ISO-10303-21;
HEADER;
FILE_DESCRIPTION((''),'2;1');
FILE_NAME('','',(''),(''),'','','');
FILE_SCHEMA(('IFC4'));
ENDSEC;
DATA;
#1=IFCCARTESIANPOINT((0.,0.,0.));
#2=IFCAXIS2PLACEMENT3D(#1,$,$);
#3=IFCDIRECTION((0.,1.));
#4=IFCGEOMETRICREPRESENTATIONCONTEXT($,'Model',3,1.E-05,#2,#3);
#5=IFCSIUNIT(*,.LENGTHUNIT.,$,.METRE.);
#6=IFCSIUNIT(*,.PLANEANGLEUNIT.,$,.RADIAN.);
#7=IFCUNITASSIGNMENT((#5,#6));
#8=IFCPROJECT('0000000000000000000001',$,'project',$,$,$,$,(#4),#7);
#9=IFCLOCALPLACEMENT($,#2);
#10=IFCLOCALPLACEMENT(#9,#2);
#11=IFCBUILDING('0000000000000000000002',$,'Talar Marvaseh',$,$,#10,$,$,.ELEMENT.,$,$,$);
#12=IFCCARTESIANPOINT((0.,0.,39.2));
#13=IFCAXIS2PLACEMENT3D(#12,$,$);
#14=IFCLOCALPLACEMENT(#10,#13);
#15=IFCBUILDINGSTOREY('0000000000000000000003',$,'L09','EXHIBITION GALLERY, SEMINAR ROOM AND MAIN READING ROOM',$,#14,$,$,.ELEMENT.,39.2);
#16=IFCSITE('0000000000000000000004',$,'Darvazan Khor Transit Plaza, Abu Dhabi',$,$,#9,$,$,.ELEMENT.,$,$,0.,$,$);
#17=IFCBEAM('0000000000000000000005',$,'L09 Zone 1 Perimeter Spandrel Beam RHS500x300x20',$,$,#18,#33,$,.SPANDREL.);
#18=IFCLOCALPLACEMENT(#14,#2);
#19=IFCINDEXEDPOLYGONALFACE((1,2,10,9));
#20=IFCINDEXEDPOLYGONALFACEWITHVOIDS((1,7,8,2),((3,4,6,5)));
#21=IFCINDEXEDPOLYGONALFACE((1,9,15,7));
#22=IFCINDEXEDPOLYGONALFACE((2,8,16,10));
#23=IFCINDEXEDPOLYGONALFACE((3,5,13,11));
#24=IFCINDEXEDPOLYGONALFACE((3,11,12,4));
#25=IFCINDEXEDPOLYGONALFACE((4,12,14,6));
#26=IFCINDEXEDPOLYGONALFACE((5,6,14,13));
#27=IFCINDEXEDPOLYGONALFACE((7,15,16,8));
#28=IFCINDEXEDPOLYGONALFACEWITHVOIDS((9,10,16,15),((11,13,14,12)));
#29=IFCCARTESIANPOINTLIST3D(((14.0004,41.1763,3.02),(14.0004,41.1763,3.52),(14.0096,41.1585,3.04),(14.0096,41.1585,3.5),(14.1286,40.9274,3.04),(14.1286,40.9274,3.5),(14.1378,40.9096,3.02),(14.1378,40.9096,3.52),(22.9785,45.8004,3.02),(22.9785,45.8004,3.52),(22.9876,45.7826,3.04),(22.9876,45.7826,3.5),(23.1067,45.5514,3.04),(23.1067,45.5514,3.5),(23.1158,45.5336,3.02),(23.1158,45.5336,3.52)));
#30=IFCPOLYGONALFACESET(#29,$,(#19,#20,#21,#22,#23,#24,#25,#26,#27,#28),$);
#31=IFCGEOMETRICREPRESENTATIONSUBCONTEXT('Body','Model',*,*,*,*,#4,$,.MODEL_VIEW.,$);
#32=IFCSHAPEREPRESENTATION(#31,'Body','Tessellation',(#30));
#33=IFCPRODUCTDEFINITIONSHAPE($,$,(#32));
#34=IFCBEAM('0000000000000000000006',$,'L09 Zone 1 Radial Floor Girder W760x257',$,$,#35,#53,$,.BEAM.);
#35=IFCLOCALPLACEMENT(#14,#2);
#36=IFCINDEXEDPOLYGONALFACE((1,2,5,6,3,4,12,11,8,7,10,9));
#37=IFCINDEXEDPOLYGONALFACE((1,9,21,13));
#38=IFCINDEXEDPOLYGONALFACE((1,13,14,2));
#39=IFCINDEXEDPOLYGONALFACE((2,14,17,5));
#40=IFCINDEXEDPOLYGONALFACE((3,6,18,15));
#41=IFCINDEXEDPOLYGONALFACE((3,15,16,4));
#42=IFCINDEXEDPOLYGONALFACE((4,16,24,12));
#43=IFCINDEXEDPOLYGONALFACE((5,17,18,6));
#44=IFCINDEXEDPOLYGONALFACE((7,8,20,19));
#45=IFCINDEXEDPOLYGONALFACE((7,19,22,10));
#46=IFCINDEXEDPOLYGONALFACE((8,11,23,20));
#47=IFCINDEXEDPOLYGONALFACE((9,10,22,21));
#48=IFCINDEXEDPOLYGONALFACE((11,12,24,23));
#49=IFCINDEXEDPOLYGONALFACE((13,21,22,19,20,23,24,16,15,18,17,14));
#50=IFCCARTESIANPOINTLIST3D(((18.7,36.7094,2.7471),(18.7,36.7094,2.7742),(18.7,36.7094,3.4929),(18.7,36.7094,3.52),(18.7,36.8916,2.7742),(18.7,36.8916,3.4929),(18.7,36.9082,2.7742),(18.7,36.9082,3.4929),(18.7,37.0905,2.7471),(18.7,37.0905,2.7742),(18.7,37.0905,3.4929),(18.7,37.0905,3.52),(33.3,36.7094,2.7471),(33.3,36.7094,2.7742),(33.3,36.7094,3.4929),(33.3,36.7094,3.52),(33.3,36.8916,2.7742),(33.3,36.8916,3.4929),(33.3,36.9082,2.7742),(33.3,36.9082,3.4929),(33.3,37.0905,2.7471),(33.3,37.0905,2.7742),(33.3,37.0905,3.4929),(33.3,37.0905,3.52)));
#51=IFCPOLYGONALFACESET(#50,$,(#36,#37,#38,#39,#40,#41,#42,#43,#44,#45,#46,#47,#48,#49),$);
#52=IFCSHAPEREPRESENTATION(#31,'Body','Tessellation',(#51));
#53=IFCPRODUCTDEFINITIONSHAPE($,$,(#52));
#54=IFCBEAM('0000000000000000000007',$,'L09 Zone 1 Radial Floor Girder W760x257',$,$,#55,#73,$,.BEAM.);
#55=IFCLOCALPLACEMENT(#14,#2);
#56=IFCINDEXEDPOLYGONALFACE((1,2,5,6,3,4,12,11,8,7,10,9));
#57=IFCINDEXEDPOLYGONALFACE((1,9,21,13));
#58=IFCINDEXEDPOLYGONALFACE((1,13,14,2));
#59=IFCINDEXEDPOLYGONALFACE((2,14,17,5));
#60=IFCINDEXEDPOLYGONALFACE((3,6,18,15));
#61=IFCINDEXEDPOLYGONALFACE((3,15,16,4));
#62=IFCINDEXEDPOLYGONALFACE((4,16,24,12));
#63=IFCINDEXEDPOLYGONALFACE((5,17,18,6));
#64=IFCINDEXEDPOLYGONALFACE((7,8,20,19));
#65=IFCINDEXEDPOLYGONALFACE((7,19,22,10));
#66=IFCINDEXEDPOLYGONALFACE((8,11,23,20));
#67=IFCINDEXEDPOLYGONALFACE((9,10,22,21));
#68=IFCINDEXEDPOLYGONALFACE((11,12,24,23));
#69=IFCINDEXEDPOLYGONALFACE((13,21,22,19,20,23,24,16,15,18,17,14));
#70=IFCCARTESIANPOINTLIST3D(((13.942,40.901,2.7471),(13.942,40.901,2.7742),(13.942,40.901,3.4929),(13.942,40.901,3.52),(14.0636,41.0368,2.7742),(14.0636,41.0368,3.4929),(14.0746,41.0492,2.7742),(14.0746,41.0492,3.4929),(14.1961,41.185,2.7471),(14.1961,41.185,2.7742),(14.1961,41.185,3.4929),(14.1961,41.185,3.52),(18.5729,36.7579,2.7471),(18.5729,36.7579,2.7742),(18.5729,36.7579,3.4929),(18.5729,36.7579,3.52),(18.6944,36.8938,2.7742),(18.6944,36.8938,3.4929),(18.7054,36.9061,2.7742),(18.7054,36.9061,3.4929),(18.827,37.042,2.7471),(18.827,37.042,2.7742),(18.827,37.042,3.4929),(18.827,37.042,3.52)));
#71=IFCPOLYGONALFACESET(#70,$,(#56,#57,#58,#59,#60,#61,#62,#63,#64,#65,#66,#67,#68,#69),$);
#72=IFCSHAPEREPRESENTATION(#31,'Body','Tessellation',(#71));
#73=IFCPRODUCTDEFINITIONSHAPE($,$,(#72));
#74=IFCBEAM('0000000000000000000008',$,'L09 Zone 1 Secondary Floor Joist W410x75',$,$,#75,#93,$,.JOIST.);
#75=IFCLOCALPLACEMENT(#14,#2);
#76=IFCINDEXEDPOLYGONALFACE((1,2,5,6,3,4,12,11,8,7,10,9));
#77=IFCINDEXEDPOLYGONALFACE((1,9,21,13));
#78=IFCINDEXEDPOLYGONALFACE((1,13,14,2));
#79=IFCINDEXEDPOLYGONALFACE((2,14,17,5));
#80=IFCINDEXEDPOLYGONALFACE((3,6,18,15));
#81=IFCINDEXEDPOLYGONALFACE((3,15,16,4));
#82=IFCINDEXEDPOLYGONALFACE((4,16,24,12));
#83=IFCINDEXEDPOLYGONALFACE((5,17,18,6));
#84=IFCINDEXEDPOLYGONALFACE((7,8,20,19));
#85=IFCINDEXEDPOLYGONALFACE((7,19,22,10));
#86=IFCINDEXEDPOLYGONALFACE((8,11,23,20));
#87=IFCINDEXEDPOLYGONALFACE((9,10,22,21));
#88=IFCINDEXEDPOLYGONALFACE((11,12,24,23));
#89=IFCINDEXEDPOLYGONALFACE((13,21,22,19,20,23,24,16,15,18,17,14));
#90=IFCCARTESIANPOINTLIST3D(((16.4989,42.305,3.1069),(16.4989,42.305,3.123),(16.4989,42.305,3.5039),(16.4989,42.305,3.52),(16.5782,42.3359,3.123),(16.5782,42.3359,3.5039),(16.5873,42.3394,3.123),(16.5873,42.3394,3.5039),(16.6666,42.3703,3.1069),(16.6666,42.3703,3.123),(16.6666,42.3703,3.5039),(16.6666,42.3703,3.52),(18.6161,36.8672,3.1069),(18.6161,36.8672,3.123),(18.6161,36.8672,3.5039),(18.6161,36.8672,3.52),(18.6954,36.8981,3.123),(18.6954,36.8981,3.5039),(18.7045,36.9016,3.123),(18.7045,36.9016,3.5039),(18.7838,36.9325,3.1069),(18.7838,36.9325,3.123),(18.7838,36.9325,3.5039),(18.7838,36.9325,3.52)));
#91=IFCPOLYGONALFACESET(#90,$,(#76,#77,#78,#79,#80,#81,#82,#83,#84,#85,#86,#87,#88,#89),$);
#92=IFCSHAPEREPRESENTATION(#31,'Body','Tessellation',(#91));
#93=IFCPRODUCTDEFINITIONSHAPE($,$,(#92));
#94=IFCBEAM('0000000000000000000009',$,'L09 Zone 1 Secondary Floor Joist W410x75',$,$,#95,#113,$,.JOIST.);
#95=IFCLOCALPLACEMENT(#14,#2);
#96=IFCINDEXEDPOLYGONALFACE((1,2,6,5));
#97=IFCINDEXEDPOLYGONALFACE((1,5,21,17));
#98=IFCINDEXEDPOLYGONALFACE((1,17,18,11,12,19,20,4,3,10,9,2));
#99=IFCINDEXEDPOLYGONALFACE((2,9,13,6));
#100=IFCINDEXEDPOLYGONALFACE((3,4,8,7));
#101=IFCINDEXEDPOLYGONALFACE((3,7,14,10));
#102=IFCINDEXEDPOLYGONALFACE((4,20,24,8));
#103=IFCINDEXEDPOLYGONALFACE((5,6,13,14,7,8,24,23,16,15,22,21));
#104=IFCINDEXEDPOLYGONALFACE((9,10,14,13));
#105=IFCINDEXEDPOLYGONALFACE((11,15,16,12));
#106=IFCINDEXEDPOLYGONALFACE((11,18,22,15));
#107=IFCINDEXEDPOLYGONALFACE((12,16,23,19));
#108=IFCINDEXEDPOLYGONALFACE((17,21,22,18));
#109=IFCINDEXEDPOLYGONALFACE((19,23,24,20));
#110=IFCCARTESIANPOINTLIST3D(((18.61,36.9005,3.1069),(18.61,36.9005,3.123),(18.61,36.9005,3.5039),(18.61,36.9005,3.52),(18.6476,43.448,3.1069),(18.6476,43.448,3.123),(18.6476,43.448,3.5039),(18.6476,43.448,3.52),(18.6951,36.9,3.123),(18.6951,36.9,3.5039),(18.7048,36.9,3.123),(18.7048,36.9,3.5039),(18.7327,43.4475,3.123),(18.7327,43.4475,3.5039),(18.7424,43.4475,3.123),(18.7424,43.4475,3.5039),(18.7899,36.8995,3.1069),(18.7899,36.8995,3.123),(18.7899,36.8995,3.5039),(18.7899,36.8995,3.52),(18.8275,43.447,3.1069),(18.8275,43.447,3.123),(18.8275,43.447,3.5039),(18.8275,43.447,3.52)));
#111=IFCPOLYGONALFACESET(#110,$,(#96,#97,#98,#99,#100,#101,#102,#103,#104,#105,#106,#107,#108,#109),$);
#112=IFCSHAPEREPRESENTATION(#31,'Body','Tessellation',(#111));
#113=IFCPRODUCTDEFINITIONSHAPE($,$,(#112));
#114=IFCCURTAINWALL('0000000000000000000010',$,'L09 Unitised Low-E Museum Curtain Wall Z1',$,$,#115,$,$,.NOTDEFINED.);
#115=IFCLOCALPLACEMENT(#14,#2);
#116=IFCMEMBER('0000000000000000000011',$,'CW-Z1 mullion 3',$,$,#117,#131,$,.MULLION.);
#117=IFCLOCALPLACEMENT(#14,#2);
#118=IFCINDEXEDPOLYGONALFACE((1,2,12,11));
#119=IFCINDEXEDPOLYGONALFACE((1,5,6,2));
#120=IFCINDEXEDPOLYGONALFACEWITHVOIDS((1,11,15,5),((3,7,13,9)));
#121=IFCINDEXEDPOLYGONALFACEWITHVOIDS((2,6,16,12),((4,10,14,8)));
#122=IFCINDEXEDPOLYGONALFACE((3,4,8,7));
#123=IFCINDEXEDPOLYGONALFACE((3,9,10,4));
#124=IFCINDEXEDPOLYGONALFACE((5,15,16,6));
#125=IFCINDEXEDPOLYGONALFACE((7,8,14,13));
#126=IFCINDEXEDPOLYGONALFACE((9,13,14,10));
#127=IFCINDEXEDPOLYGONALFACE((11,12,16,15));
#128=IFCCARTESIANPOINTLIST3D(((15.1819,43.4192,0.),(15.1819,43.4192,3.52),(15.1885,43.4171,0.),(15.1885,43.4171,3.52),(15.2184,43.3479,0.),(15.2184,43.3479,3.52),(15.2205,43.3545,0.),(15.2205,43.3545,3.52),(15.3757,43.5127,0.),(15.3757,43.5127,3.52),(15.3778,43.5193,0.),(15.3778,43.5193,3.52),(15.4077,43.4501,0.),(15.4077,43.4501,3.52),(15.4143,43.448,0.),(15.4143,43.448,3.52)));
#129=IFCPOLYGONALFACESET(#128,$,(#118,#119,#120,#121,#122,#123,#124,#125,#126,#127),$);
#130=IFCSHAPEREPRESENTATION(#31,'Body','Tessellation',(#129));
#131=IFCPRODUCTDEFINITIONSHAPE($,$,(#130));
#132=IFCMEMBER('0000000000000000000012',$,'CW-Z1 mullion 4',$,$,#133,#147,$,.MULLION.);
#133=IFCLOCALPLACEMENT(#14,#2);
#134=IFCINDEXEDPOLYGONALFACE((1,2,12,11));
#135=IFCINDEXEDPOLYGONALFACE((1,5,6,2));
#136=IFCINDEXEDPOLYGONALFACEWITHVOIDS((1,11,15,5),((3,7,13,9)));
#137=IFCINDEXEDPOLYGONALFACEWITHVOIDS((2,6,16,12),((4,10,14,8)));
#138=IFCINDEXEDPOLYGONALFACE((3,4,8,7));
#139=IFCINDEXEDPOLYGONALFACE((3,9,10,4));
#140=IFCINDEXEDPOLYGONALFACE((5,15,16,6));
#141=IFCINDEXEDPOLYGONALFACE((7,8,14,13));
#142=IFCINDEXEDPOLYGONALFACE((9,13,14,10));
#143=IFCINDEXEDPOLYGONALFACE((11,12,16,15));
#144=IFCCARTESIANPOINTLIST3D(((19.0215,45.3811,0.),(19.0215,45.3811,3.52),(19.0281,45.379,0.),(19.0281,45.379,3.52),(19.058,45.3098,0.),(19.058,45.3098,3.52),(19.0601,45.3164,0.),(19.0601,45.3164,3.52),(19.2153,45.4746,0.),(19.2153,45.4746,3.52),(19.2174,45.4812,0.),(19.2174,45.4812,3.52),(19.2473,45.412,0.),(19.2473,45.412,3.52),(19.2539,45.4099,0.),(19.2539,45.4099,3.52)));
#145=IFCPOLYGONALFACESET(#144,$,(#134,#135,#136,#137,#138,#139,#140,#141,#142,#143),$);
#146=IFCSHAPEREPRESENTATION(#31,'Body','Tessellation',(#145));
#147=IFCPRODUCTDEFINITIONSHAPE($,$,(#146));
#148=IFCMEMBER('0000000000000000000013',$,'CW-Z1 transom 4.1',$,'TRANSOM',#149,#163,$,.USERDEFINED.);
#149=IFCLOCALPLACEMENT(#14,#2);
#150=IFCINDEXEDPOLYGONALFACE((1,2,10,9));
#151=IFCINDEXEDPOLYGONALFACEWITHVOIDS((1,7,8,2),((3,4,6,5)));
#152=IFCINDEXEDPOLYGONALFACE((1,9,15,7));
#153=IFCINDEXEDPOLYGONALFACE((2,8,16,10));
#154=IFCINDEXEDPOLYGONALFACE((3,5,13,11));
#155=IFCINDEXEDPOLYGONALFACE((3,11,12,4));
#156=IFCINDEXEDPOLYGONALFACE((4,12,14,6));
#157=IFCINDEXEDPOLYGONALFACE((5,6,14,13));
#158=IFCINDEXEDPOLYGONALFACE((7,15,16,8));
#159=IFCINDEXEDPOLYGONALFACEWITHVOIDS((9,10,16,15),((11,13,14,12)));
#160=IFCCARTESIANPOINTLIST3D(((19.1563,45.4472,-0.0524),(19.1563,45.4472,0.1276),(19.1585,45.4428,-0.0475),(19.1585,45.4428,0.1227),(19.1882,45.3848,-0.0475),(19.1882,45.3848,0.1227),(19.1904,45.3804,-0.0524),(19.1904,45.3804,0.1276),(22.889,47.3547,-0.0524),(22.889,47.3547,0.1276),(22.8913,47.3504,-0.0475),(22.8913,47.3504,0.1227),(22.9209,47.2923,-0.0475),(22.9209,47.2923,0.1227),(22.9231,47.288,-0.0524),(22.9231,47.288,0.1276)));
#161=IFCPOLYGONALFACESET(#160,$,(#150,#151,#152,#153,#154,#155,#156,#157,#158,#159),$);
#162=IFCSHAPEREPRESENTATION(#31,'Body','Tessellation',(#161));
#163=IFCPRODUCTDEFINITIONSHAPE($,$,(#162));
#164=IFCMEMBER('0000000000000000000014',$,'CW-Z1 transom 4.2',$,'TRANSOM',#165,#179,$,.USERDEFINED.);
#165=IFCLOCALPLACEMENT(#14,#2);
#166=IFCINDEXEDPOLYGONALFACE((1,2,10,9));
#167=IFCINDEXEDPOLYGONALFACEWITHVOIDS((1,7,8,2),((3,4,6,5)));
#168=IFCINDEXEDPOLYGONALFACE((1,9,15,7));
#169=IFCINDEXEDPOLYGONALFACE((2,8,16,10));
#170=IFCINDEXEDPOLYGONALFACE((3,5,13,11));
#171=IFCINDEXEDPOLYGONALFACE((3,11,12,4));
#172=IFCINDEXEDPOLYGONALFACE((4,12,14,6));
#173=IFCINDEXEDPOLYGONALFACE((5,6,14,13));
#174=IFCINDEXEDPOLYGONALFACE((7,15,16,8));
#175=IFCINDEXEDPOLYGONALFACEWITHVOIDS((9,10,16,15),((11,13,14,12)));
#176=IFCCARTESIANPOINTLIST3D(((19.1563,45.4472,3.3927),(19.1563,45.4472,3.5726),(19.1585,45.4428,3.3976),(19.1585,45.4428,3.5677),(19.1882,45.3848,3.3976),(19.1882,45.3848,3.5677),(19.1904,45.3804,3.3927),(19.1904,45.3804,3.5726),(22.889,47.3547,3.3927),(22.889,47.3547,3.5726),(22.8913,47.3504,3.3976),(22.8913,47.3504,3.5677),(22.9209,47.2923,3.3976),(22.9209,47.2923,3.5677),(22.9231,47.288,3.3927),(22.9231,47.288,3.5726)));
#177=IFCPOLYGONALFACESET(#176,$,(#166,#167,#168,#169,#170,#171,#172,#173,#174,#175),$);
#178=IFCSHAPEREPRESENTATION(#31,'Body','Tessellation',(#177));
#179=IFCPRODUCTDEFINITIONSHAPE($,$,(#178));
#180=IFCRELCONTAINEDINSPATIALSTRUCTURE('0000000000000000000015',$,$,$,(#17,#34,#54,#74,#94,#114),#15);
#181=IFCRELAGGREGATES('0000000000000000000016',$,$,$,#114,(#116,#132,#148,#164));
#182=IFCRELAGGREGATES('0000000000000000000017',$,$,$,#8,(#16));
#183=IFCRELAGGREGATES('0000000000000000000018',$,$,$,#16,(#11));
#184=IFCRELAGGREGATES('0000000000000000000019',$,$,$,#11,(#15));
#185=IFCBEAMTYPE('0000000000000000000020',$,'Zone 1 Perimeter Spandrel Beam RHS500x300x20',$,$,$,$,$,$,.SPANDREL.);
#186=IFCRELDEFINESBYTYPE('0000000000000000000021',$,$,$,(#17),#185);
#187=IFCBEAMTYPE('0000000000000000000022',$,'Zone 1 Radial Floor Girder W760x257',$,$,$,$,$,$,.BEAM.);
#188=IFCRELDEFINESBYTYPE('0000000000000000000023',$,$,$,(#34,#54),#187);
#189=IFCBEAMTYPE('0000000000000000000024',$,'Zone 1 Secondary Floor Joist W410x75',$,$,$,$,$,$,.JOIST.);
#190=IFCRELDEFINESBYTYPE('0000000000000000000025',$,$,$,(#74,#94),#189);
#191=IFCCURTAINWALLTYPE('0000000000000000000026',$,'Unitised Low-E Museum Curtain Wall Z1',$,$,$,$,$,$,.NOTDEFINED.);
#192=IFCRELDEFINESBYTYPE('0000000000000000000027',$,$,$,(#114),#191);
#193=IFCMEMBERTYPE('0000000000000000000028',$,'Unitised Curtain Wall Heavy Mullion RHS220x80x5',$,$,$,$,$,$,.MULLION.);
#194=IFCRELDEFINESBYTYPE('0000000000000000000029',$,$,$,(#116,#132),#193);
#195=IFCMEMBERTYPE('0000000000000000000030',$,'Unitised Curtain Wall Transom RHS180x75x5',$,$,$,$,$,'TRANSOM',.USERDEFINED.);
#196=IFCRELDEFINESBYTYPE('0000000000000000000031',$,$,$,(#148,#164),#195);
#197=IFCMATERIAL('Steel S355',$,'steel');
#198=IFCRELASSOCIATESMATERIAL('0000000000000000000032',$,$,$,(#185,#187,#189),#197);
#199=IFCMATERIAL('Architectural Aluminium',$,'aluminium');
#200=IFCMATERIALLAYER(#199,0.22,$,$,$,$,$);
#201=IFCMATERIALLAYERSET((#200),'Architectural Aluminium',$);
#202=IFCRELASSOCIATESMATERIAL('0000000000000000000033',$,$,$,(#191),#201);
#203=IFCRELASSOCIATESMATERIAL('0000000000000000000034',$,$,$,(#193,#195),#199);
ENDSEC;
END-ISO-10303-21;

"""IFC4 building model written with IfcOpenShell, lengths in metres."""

from ifc_helpers import new_model, si_unit, direction, frame, origin, origin_2d, place, context, subcontext, project, spatial, hollow_rectangle, i_section, extrude, source, transform, mapped, material, layer, layer_set, material_profile, profile_set, type_object, type_shapes, element, aggregate, save


model = new_model("IFC4")

# Units and contexts
model_context = context("Model", 3, precision=1e-05, world=origin(), true_north=direction((0.0, 1.0)))
body_context = subcontext(model_context, "Body", "Model", "MODEL_VIEW")
ifc_project = project(units=[si_unit("LENGTHUNIT", "METRE"), si_unit("PLANEANGLEUNIT", "RADIAN")], contexts=[model_context])

# Site, building, storey
site_placement = place(None, origin())
site = spatial("IfcSite", under=ifc_project, at=site_placement, Name="Darvazan Khor Transit Plaza, Abu Dhabi", CompositionType="ELEMENT", RefElevation=0.0)
building_placement = place(site_placement, origin())
building = spatial("IfcBuilding", under=site, at=building_placement, Name="Talar Marvaseh", CompositionType="ELEMENT")
storey_placement = place(building_placement, frame((0.0, 0.0, 39.2)))
storey = spatial("IfcBuildingStorey", under=building, at=storey_placement, Name="L09", Description="EXHIBITION GALLERY, SEMINAR ROOM AND MAIN READING ROOM", CompositionType="ELEMENT", Elevation=39.2)

# Beams
ifc_material_1 = material(Name="Steel S355", Category="steel")
ifc_material_profile_1 = material_profile(ifc_material_1, hollow_rectangle(XDim=0.3, YDim=0.5, WallThickness=0.02, at=origin_2d()), Name="RHS500x300x20")
ifc_profile_set_1 = profile_set([ifc_material_profile_1], Name="Steel S355")
beam_type_1 = type_object("IfcBeamType", Name="Zone 1 Perimeter Spandrel Beam RHS500x300x20", PredefinedType="SPANDREL", material=ifc_profile_set_1)
beam_1_placement = place(storey_placement, frame((14.0691, 41.043, 3.27), z_axis=(0.889016, 0.457877, 0.0), x_axis=(-0.457877, 0.889016, 0.0)))
element("IfcBeam", 1, at=beam_1_placement, inside=storey, type_object=beam_type_1, Name="L09 Zone 1 Perimeter Spandrel Beam RHS500x300x20", PredefinedType="SPANDREL", context=body_context, shape_type="SweptSolid", body=[
    extrude(hollow_rectangle(XDim=0.3, YDim=0.5, WallThickness=0.02, at=origin_2d()), origin(), (0.0, 0.0, 1.0), 10.0989),
])
ifc_material_profile_2 = material_profile(ifc_material_1, i_section(OverallWidth=0.3811, OverallDepth=0.7729, WebThickness=0.0166, FlangeThickness=0.0271, at=origin_2d()), Name="W760x257")
ifc_profile_set_2 = profile_set([ifc_material_profile_2], Name="Steel S355")
beam_type_2 = type_object("IfcBeamType", Name="Zone 1 Radial Floor Girder W760x257", PredefinedType="BEAM", material=ifc_profile_set_2)
beam_2_placement = place(storey_placement, frame((18.7, 36.8999, 3.1335), z_axis=(1.0, 0.0, 0.0), x_axis=(0.0, 1.0, 0.0)))
element("IfcBeam", 2, at=beam_2_placement, inside=storey, type_object=beam_type_2, Name="L09 Zone 1 Radial Floor Girder W760x257", PredefinedType="BEAM", context=body_context, shape_type="SweptSolid", body=[
    extrude(i_section(OverallWidth=0.3811, OverallDepth=0.7729, WebThickness=0.0166, FlangeThickness=0.0271, at=origin_2d()), origin(), (0.0, 0.0, 1.0), 14.6001),
])
beam_3_placement = place(storey_placement, frame((14.0691, 41.043, 3.1335), z_axis=(0.745268, -0.666765, 0.0), x_axis=(0.666765, 0.745268, 0.0)))
element("IfcBeam", 3, at=beam_3_placement, inside=storey, type_object=beam_type_2, Name="L09 Zone 1 Radial Floor Girder W760x257", PredefinedType="BEAM", context=body_context, shape_type="SweptSolid", body=[
    extrude(i_section(OverallWidth=0.3811, OverallDepth=0.7729, WebThickness=0.0166, FlangeThickness=0.0271, at=origin_2d()), origin(), (0.0, 0.0, 1.0), 6.2136),
])
ifc_material_profile_3 = material_profile(ifc_material_1, i_section(OverallWidth=0.1799, OverallDepth=0.4131, WebThickness=0.0098, FlangeThickness=0.0161, at=origin_2d()), Name="W410x75")
ifc_profile_set_3 = profile_set([ifc_material_profile_3], Name="Steel S355")
beam_type_3 = type_object("IfcBeamType", Name="Zone 1 Secondary Floor Joist W410x75", PredefinedType="JOIST", material=ifc_profile_set_3)
beam_4_placement = place(storey_placement, frame((16.5828, 42.3376, 3.3135), z_axis=(0.36282, -0.931859, 0.0), x_axis=(0.931859, 0.36282, 0.0)))
element("IfcBeam", 4, at=beam_4_placement, inside=storey, type_object=beam_type_3, Name="L09 Zone 1 Secondary Floor Joist W410x75", PredefinedType="JOIST", context=body_context, shape_type="SweptSolid", body=[
    extrude(i_section(OverallWidth=0.1799, OverallDepth=0.4131, WebThickness=0.0098, FlangeThickness=0.0161, at=origin_2d()), origin(), (0.0, 0.0, 1.0), 5.8354),
])
beam_5_placement = place(storey_placement, frame((18.7375, 43.4475, 3.3135), z_axis=(-0.005742, -0.999984, 0.0), x_axis=(0.999984, -0.005742, 0.0)))
element("IfcBeam", 5, at=beam_5_placement, inside=storey, type_object=beam_type_3, Name="L09 Zone 1 Secondary Floor Joist W410x75", PredefinedType="JOIST", context=body_context, shape_type="SweptSolid", body=[
    extrude(i_section(OverallWidth=0.1799, OverallDepth=0.4131, WebThickness=0.0098, FlangeThickness=0.0161, at=origin_2d()), origin(), (0.0, 0.0, 1.0), 6.5476),
])

# Curtain wall, members
ifc_material_2 = material(Name="Architectural Aluminium", Category="aluminium")
ifc_layer_1 = layer(ifc_material_2, 0.22)
ifc_layer_set_1 = layer_set([ifc_layer_1], Name="Architectural Aluminium")
curtain_wall_type = type_object("IfcCurtainWallType", Name="Unitised Low-E Museum Curtain Wall Z1", PredefinedType="NOTDEFINED", material=ifc_layer_set_1)
curtain_wall_placement = place(storey_placement, origin())
curtain_wall = element("IfcCurtainWall", 6, at=curtain_wall_placement, inside=storey, type_object=curtain_wall_type, Name="L09 Unitised Low-E Museum Curtain Wall Z1", PredefinedType="NOTDEFINED")
ifc_material_profile_4 = material_profile(ifc_material_2, hollow_rectangle(XDim=0.0801, YDim=0.22, WallThickness=0.0049, at=origin_2d()), Name="RHS220x80x5")
ifc_profile_set_4 = profile_set([ifc_material_profile_4], Name="Architectural Aluminium")
member_type_1 = type_object("IfcMemberType", Name="Unitised Curtain Wall Heavy Mullion RHS220x80x5", PredefinedType="MULLION", material=ifc_profile_set_4)
shared_shape_1 = source(origin(), body_context, "Body", "SweptSolid", [
    extrude(hollow_rectangle(XDim=0.0801, YDim=0.22, WallThickness=0.0049, at=origin_2d()), origin(), (0.0, 0.0, 1.0), 3.52),
])
type_shapes(member_type_1, [shared_shape_1])
member_1_placement = place(storey_placement, frame((15.2981, 43.4336, 0.0), z_axis=(0.0, 0.0, 1.0), x_axis=(-0.455044, 0.890469, 0.0)))
member_1 = element("IfcMember", 7, at=member_1_placement, type_object=member_type_1, Name="CW-Z1 mullion 3", PredefinedType="MULLION", context=body_context, shape_type="MappedRepresentation", body=[
    mapped(shared_shape_1, transform((0.0, 0.0, 0.0), x_axis=(1.0, 0.0, 0.0), y_axis=(0.0, 1.0, 0.0), z_axis=(0.0, 0.0, 1.0), scale=1.0)),
])
member_2_placement = place(storey_placement, frame((19.1377, 45.3955, 0.0), z_axis=(0.0, 0.0, 1.0), x_axis=(-0.455044, 0.890469, 0.0)))
member_2 = element("IfcMember", 8, at=member_2_placement, type_object=member_type_1, Name="CW-Z1 mullion 4", PredefinedType="MULLION", context=body_context, shape_type="MappedRepresentation", body=[
    mapped(shared_shape_1, transform((0.0, 0.0, 0.0), x_axis=(1.0, 0.0, 0.0), y_axis=(0.0, 1.0, 0.0), z_axis=(0.0, 0.0, 1.0), scale=1.0)),
])
ifc_material_profile_5 = material_profile(ifc_material_2, hollow_rectangle(XDim=0.075, YDim=0.1799, WallThickness=0.0049, at=origin_2d()), Name="RHS180x75x5")
ifc_profile_set_5 = profile_set([ifc_material_profile_5], Name="Architectural Aluminium")
member_type_2 = type_object("IfcMemberType", Name="Unitised Curtain Wall Transom RHS180x75x5", ElementType="TRANSOM", PredefinedType="USERDEFINED", material=ifc_profile_set_5)
shared_shape_2 = source(origin(), body_context, "Body", "SweptSolid", [
    extrude(hollow_rectangle(XDim=0.075, YDim=0.1799, WallThickness=0.0049, at=origin_2d()), origin(), (0.0, 0.0, 1.0), 4.1919),
])
member_3_placement = place(storey_placement, frame((19.1733, 45.4138, 0.0376), z_axis=(0.890467, 0.455047, 0.0), x_axis=(-0.455047, 0.890467, 0.0)))
member_3 = element("IfcMember", 9, at=member_3_placement, type_object=member_type_2, Name="CW-Z1 transom 4.1", ObjectType="TRANSOM", PredefinedType="USERDEFINED", context=body_context, shape_type="MappedRepresentation", body=[
    mapped(shared_shape_2, transform((0.0, 0.0, 0.0), x_axis=(1.0, 0.0, 0.0), y_axis=(0.0, 1.0, 0.0), z_axis=(0.0, 0.0, 1.0), scale=1.0)),
])
member_4_placement = place(storey_placement, frame((19.1733, 45.4138, 3.4827), z_axis=(0.890467, 0.455047, 0.0), x_axis=(-0.455047, 0.890467, 0.0)))
member_4 = element("IfcMember", 10, at=member_4_placement, type_object=member_type_2, Name="CW-Z1 transom 4.2", ObjectType="TRANSOM", PredefinedType="USERDEFINED", context=body_context, shape_type="MappedRepresentation", body=[
    mapped(shared_shape_2, transform((0.0, 0.0, 0.0), x_axis=(1.0, 0.0, 0.0), y_axis=(0.0, 1.0, 0.0), z_axis=(0.0, 0.0, 1.0), scale=1.0)),
])
aggregate(curtain_wall, [member_1, member_2, member_3, member_4])

save(model, "model.ifc")
